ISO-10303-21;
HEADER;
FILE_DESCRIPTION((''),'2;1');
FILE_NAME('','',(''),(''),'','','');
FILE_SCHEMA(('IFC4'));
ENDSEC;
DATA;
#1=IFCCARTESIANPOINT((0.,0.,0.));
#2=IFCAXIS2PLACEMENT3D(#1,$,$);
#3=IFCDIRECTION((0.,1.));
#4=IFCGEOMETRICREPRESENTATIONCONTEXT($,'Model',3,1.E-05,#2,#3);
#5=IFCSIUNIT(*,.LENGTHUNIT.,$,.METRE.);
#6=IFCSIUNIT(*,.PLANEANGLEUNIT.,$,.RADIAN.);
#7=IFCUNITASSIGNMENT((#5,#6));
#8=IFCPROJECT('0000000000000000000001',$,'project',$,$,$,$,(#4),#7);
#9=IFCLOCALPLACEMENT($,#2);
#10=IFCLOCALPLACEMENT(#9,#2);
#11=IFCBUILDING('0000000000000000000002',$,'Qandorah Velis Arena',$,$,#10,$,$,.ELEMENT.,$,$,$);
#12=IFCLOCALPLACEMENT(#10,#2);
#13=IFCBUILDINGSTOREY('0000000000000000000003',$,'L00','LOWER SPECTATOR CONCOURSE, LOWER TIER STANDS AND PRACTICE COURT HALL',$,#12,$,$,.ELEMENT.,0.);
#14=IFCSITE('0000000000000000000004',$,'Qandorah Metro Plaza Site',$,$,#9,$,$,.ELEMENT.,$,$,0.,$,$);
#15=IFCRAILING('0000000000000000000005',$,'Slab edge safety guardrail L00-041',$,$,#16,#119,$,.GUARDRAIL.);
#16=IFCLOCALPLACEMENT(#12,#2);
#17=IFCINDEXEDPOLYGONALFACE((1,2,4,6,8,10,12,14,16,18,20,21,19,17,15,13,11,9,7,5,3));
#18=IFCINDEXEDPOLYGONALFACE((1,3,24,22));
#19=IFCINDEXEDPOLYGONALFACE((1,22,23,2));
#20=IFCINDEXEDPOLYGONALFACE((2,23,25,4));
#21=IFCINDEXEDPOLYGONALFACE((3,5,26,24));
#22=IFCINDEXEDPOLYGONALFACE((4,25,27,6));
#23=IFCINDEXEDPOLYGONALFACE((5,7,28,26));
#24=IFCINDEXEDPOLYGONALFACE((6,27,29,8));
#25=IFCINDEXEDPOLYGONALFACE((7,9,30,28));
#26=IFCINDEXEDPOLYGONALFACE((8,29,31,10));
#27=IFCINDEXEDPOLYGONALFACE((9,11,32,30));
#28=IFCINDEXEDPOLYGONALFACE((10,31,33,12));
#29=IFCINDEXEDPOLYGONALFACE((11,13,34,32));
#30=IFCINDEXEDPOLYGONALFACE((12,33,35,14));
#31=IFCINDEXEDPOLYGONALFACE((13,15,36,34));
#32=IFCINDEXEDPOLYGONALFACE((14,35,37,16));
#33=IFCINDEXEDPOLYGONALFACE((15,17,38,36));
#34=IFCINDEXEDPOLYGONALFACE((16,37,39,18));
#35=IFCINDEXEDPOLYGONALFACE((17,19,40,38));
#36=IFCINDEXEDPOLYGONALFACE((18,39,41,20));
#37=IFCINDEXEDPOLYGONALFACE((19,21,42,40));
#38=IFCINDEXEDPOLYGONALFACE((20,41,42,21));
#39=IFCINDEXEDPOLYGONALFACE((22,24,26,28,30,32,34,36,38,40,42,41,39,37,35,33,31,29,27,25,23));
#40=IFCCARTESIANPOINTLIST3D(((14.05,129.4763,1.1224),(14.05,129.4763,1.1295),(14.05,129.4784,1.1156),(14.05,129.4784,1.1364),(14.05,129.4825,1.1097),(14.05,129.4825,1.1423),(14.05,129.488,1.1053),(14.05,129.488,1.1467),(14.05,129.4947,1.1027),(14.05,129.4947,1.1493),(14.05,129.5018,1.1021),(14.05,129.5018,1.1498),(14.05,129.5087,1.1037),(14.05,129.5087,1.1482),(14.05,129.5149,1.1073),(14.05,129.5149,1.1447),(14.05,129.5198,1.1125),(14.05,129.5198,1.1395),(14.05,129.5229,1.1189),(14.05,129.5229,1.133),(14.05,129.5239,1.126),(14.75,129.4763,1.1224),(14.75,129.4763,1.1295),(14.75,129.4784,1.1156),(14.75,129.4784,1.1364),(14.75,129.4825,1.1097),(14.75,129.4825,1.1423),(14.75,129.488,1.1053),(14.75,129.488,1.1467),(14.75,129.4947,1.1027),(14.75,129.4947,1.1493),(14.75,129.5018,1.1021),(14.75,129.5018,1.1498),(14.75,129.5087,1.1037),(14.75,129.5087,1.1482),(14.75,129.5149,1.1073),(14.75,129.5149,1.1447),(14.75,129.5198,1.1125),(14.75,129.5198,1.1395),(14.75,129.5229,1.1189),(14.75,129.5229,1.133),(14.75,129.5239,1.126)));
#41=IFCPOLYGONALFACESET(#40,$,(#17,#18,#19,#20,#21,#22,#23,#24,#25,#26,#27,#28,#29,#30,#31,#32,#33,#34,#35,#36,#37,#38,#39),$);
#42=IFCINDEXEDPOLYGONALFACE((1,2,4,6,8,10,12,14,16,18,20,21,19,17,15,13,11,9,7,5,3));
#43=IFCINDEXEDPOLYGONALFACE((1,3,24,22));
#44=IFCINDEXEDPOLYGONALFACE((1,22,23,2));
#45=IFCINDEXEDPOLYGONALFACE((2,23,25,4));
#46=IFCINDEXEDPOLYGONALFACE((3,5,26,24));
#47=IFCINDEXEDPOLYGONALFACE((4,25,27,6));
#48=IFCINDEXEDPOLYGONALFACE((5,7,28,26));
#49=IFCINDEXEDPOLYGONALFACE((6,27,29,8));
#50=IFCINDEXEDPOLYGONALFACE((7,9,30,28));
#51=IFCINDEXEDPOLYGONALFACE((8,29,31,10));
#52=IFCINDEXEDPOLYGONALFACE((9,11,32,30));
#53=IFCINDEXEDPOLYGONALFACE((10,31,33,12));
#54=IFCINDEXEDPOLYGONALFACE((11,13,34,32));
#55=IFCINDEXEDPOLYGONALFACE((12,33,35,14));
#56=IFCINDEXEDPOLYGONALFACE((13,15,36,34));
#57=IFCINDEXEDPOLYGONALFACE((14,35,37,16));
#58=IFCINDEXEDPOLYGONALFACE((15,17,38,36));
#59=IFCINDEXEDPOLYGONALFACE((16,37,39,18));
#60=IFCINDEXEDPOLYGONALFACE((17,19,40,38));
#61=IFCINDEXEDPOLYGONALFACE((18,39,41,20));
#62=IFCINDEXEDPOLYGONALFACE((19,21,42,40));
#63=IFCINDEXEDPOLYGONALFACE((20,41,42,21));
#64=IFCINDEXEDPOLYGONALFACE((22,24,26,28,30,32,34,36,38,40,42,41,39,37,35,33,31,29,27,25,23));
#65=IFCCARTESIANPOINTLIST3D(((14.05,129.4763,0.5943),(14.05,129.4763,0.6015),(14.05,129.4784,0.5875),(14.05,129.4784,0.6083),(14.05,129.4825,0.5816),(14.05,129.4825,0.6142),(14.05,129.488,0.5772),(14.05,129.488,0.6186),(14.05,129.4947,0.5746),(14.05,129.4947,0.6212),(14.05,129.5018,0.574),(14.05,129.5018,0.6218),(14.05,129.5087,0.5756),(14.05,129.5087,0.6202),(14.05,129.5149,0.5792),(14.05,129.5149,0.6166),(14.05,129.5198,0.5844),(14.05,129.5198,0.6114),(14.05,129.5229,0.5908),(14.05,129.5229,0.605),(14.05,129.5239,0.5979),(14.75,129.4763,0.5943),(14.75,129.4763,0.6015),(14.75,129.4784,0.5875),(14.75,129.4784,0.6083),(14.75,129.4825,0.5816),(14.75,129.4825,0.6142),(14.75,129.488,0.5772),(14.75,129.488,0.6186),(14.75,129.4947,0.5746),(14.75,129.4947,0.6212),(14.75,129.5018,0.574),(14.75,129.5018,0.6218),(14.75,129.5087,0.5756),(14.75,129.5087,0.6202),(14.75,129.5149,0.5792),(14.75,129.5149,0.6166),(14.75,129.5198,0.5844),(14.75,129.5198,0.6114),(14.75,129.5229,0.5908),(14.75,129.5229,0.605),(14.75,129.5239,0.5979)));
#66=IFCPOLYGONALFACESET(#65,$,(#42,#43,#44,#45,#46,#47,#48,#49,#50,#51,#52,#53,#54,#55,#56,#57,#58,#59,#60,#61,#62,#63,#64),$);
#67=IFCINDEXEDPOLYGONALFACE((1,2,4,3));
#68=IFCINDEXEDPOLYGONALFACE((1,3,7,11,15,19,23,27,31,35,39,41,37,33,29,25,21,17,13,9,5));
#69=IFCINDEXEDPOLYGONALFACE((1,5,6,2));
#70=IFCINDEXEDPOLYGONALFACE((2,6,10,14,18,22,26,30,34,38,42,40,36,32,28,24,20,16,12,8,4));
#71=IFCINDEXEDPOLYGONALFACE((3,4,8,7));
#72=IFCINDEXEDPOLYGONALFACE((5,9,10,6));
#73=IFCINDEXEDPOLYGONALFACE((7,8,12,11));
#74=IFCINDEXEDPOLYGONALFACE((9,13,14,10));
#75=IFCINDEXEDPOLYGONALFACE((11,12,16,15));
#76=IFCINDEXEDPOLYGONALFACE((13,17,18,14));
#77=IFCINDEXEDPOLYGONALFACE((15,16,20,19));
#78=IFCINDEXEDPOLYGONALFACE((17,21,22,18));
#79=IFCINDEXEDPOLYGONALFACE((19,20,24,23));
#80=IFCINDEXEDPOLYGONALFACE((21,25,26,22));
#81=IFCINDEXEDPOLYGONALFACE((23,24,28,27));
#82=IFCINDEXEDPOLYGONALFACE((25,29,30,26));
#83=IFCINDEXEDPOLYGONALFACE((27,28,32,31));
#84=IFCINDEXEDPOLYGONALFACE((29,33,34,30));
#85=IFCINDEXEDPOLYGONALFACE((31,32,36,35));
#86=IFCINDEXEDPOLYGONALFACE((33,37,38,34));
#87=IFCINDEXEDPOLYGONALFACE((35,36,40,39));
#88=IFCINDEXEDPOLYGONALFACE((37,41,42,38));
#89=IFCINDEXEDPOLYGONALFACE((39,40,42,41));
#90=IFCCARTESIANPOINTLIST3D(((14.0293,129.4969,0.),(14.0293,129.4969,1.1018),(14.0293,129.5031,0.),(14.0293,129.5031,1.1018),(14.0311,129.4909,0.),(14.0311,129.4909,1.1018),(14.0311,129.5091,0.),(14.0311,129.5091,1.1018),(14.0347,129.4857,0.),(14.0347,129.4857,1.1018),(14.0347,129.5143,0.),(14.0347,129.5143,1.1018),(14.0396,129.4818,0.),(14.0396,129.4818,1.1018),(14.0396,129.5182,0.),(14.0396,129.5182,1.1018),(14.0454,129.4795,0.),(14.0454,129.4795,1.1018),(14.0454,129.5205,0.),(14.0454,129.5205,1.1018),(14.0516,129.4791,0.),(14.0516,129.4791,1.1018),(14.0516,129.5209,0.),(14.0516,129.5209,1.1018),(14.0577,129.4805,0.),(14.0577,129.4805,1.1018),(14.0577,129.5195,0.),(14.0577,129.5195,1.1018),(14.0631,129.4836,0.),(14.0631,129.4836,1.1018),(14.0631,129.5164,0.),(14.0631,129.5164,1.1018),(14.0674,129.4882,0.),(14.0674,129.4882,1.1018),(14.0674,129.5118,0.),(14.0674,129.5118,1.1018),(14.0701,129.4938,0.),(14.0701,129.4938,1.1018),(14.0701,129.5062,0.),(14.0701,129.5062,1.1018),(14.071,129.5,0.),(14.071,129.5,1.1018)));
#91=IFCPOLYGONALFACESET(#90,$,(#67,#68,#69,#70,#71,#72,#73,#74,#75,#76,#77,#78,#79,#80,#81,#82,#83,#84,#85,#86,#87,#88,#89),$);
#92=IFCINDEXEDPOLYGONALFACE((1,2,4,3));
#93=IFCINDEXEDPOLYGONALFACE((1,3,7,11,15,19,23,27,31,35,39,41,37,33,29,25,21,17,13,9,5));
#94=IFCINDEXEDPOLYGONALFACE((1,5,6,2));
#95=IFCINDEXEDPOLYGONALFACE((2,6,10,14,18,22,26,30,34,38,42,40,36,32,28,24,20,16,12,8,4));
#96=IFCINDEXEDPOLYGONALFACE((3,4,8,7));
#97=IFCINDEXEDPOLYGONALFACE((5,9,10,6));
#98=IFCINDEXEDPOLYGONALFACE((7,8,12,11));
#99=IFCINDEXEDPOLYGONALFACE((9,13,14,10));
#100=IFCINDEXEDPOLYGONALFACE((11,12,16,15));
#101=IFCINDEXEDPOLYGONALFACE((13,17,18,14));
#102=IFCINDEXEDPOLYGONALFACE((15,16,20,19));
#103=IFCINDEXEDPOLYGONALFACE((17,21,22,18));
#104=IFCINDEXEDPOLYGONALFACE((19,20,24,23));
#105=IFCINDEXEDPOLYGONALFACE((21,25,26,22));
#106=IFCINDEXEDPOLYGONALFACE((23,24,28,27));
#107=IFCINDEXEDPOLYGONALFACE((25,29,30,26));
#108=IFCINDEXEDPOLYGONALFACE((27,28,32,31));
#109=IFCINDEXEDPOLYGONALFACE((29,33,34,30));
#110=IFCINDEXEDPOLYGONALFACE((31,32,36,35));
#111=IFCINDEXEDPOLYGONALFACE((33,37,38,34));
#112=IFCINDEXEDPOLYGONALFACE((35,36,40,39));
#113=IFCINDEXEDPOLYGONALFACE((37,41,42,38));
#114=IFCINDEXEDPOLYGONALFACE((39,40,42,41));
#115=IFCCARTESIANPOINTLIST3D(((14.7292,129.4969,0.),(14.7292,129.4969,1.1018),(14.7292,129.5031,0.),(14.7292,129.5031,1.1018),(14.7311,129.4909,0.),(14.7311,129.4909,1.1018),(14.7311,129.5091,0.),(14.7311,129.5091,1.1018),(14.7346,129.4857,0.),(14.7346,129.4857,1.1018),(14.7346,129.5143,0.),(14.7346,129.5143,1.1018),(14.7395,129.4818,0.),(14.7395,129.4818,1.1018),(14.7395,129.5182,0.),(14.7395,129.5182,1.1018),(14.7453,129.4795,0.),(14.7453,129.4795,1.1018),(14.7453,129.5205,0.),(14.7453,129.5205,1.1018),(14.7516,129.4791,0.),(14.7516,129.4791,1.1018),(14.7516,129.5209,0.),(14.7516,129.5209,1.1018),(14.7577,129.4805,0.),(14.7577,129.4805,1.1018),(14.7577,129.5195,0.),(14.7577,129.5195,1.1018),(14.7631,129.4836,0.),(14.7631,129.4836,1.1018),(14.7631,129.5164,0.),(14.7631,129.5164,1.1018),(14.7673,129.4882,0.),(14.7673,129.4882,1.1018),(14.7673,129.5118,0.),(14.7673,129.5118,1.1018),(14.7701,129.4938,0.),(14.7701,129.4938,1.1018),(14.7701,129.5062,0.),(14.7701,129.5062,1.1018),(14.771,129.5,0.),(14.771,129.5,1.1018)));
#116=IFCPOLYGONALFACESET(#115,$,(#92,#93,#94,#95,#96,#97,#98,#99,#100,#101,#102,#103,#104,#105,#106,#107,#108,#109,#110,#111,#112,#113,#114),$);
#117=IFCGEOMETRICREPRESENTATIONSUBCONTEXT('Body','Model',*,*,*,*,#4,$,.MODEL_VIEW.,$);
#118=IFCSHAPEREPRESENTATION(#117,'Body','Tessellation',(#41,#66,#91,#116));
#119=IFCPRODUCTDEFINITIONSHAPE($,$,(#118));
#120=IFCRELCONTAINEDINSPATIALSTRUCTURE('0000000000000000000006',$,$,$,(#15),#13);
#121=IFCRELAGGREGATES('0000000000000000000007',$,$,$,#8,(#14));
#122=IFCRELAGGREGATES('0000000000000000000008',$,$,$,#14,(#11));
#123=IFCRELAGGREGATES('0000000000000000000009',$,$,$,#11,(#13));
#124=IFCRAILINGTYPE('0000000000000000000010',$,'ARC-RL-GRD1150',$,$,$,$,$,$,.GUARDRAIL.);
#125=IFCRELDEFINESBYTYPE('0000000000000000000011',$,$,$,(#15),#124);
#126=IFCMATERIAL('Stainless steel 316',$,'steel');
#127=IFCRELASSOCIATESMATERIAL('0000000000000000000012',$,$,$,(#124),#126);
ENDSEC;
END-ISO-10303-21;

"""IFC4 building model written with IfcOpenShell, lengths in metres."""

from ifc_helpers import new_model, si_unit, direction, frame, origin, origin_2d, place, context, subcontext, project, spatial, circle, extrude, material, type_object, element, save


model = new_model("IFC4")

# Units and contexts
model_context = context("Model", 3, precision=1e-05, world=origin(), true_north=direction((0.0, 1.0)))
body_context = subcontext(model_context, "Body", "Model", "MODEL_VIEW")
ifc_project = project(units=[si_unit("LENGTHUNIT", "METRE"), si_unit("PLANEANGLEUNIT", "RADIAN")], contexts=[model_context])

# Site, building, storey
site_placement = place(None, origin())
site = spatial("IfcSite", under=ifc_project, at=site_placement, Name="Qandorah Metro Plaza Site", CompositionType="ELEMENT", RefElevation=0.0)
building_placement = place(site_placement, origin())
building = spatial("IfcBuilding", under=site, at=building_placement, Name="Qandorah Velis Arena", CompositionType="ELEMENT")
storey_placement = place(building_placement, origin())
storey = spatial("IfcBuildingStorey", under=building, at=storey_placement, Name="L00", Description="LOWER SPECTATOR CONCOURSE, LOWER TIER STANDS AND PRACTICE COURT HALL", CompositionType="ELEMENT", Elevation=0.0)

# Railing
ifc_material_1 = material(Name="Stainless steel 316", Category="steel")
railing_type = type_object("IfcRailingType", Name="ARC-RL-GRD1150", PredefinedType="GUARDRAIL", material=ifc_material_1)
for number, where, name in (
    (1, (14.05, 129.5, 0.0), "Slab edge safety guardrail L00-041"),
):
    element("IfcRailing", number, at=place(storey_placement, frame(where)), inside=storey, type_object=railing_type, Name=name, PredefinedType="GUARDRAIL", context=body_context, shape_type="SweptSolid", body=[
        extrude(circle(Radius=0.0239, at=origin_2d()), frame((0.0, 0.0, 1.126), z_axis=(1.0, 0.0, 0.0), x_axis=(0.0, 1.0, 0.0)), (0.0, 0.0, 1.0), 0.7),
        extrude(circle(Radius=0.0239, at=origin_2d()), frame((0.0, 0.0, 0.5979), z_axis=(1.0, 0.0, 0.0), x_axis=(0.0, 1.0, 0.0)), (0.0, 0.0, 1.0), 0.7),
        extrude(circle(Radius=0.021, at=origin_2d()), origin(), (0.0, 0.0, 1.0), 1.1018),
        extrude(circle(Radius=0.021, at=origin_2d()), frame((0.7, 0.0, 0.0)), (0.0, 0.0, 1.0), 1.1018),
    ])

save(model, "model.ifc")
